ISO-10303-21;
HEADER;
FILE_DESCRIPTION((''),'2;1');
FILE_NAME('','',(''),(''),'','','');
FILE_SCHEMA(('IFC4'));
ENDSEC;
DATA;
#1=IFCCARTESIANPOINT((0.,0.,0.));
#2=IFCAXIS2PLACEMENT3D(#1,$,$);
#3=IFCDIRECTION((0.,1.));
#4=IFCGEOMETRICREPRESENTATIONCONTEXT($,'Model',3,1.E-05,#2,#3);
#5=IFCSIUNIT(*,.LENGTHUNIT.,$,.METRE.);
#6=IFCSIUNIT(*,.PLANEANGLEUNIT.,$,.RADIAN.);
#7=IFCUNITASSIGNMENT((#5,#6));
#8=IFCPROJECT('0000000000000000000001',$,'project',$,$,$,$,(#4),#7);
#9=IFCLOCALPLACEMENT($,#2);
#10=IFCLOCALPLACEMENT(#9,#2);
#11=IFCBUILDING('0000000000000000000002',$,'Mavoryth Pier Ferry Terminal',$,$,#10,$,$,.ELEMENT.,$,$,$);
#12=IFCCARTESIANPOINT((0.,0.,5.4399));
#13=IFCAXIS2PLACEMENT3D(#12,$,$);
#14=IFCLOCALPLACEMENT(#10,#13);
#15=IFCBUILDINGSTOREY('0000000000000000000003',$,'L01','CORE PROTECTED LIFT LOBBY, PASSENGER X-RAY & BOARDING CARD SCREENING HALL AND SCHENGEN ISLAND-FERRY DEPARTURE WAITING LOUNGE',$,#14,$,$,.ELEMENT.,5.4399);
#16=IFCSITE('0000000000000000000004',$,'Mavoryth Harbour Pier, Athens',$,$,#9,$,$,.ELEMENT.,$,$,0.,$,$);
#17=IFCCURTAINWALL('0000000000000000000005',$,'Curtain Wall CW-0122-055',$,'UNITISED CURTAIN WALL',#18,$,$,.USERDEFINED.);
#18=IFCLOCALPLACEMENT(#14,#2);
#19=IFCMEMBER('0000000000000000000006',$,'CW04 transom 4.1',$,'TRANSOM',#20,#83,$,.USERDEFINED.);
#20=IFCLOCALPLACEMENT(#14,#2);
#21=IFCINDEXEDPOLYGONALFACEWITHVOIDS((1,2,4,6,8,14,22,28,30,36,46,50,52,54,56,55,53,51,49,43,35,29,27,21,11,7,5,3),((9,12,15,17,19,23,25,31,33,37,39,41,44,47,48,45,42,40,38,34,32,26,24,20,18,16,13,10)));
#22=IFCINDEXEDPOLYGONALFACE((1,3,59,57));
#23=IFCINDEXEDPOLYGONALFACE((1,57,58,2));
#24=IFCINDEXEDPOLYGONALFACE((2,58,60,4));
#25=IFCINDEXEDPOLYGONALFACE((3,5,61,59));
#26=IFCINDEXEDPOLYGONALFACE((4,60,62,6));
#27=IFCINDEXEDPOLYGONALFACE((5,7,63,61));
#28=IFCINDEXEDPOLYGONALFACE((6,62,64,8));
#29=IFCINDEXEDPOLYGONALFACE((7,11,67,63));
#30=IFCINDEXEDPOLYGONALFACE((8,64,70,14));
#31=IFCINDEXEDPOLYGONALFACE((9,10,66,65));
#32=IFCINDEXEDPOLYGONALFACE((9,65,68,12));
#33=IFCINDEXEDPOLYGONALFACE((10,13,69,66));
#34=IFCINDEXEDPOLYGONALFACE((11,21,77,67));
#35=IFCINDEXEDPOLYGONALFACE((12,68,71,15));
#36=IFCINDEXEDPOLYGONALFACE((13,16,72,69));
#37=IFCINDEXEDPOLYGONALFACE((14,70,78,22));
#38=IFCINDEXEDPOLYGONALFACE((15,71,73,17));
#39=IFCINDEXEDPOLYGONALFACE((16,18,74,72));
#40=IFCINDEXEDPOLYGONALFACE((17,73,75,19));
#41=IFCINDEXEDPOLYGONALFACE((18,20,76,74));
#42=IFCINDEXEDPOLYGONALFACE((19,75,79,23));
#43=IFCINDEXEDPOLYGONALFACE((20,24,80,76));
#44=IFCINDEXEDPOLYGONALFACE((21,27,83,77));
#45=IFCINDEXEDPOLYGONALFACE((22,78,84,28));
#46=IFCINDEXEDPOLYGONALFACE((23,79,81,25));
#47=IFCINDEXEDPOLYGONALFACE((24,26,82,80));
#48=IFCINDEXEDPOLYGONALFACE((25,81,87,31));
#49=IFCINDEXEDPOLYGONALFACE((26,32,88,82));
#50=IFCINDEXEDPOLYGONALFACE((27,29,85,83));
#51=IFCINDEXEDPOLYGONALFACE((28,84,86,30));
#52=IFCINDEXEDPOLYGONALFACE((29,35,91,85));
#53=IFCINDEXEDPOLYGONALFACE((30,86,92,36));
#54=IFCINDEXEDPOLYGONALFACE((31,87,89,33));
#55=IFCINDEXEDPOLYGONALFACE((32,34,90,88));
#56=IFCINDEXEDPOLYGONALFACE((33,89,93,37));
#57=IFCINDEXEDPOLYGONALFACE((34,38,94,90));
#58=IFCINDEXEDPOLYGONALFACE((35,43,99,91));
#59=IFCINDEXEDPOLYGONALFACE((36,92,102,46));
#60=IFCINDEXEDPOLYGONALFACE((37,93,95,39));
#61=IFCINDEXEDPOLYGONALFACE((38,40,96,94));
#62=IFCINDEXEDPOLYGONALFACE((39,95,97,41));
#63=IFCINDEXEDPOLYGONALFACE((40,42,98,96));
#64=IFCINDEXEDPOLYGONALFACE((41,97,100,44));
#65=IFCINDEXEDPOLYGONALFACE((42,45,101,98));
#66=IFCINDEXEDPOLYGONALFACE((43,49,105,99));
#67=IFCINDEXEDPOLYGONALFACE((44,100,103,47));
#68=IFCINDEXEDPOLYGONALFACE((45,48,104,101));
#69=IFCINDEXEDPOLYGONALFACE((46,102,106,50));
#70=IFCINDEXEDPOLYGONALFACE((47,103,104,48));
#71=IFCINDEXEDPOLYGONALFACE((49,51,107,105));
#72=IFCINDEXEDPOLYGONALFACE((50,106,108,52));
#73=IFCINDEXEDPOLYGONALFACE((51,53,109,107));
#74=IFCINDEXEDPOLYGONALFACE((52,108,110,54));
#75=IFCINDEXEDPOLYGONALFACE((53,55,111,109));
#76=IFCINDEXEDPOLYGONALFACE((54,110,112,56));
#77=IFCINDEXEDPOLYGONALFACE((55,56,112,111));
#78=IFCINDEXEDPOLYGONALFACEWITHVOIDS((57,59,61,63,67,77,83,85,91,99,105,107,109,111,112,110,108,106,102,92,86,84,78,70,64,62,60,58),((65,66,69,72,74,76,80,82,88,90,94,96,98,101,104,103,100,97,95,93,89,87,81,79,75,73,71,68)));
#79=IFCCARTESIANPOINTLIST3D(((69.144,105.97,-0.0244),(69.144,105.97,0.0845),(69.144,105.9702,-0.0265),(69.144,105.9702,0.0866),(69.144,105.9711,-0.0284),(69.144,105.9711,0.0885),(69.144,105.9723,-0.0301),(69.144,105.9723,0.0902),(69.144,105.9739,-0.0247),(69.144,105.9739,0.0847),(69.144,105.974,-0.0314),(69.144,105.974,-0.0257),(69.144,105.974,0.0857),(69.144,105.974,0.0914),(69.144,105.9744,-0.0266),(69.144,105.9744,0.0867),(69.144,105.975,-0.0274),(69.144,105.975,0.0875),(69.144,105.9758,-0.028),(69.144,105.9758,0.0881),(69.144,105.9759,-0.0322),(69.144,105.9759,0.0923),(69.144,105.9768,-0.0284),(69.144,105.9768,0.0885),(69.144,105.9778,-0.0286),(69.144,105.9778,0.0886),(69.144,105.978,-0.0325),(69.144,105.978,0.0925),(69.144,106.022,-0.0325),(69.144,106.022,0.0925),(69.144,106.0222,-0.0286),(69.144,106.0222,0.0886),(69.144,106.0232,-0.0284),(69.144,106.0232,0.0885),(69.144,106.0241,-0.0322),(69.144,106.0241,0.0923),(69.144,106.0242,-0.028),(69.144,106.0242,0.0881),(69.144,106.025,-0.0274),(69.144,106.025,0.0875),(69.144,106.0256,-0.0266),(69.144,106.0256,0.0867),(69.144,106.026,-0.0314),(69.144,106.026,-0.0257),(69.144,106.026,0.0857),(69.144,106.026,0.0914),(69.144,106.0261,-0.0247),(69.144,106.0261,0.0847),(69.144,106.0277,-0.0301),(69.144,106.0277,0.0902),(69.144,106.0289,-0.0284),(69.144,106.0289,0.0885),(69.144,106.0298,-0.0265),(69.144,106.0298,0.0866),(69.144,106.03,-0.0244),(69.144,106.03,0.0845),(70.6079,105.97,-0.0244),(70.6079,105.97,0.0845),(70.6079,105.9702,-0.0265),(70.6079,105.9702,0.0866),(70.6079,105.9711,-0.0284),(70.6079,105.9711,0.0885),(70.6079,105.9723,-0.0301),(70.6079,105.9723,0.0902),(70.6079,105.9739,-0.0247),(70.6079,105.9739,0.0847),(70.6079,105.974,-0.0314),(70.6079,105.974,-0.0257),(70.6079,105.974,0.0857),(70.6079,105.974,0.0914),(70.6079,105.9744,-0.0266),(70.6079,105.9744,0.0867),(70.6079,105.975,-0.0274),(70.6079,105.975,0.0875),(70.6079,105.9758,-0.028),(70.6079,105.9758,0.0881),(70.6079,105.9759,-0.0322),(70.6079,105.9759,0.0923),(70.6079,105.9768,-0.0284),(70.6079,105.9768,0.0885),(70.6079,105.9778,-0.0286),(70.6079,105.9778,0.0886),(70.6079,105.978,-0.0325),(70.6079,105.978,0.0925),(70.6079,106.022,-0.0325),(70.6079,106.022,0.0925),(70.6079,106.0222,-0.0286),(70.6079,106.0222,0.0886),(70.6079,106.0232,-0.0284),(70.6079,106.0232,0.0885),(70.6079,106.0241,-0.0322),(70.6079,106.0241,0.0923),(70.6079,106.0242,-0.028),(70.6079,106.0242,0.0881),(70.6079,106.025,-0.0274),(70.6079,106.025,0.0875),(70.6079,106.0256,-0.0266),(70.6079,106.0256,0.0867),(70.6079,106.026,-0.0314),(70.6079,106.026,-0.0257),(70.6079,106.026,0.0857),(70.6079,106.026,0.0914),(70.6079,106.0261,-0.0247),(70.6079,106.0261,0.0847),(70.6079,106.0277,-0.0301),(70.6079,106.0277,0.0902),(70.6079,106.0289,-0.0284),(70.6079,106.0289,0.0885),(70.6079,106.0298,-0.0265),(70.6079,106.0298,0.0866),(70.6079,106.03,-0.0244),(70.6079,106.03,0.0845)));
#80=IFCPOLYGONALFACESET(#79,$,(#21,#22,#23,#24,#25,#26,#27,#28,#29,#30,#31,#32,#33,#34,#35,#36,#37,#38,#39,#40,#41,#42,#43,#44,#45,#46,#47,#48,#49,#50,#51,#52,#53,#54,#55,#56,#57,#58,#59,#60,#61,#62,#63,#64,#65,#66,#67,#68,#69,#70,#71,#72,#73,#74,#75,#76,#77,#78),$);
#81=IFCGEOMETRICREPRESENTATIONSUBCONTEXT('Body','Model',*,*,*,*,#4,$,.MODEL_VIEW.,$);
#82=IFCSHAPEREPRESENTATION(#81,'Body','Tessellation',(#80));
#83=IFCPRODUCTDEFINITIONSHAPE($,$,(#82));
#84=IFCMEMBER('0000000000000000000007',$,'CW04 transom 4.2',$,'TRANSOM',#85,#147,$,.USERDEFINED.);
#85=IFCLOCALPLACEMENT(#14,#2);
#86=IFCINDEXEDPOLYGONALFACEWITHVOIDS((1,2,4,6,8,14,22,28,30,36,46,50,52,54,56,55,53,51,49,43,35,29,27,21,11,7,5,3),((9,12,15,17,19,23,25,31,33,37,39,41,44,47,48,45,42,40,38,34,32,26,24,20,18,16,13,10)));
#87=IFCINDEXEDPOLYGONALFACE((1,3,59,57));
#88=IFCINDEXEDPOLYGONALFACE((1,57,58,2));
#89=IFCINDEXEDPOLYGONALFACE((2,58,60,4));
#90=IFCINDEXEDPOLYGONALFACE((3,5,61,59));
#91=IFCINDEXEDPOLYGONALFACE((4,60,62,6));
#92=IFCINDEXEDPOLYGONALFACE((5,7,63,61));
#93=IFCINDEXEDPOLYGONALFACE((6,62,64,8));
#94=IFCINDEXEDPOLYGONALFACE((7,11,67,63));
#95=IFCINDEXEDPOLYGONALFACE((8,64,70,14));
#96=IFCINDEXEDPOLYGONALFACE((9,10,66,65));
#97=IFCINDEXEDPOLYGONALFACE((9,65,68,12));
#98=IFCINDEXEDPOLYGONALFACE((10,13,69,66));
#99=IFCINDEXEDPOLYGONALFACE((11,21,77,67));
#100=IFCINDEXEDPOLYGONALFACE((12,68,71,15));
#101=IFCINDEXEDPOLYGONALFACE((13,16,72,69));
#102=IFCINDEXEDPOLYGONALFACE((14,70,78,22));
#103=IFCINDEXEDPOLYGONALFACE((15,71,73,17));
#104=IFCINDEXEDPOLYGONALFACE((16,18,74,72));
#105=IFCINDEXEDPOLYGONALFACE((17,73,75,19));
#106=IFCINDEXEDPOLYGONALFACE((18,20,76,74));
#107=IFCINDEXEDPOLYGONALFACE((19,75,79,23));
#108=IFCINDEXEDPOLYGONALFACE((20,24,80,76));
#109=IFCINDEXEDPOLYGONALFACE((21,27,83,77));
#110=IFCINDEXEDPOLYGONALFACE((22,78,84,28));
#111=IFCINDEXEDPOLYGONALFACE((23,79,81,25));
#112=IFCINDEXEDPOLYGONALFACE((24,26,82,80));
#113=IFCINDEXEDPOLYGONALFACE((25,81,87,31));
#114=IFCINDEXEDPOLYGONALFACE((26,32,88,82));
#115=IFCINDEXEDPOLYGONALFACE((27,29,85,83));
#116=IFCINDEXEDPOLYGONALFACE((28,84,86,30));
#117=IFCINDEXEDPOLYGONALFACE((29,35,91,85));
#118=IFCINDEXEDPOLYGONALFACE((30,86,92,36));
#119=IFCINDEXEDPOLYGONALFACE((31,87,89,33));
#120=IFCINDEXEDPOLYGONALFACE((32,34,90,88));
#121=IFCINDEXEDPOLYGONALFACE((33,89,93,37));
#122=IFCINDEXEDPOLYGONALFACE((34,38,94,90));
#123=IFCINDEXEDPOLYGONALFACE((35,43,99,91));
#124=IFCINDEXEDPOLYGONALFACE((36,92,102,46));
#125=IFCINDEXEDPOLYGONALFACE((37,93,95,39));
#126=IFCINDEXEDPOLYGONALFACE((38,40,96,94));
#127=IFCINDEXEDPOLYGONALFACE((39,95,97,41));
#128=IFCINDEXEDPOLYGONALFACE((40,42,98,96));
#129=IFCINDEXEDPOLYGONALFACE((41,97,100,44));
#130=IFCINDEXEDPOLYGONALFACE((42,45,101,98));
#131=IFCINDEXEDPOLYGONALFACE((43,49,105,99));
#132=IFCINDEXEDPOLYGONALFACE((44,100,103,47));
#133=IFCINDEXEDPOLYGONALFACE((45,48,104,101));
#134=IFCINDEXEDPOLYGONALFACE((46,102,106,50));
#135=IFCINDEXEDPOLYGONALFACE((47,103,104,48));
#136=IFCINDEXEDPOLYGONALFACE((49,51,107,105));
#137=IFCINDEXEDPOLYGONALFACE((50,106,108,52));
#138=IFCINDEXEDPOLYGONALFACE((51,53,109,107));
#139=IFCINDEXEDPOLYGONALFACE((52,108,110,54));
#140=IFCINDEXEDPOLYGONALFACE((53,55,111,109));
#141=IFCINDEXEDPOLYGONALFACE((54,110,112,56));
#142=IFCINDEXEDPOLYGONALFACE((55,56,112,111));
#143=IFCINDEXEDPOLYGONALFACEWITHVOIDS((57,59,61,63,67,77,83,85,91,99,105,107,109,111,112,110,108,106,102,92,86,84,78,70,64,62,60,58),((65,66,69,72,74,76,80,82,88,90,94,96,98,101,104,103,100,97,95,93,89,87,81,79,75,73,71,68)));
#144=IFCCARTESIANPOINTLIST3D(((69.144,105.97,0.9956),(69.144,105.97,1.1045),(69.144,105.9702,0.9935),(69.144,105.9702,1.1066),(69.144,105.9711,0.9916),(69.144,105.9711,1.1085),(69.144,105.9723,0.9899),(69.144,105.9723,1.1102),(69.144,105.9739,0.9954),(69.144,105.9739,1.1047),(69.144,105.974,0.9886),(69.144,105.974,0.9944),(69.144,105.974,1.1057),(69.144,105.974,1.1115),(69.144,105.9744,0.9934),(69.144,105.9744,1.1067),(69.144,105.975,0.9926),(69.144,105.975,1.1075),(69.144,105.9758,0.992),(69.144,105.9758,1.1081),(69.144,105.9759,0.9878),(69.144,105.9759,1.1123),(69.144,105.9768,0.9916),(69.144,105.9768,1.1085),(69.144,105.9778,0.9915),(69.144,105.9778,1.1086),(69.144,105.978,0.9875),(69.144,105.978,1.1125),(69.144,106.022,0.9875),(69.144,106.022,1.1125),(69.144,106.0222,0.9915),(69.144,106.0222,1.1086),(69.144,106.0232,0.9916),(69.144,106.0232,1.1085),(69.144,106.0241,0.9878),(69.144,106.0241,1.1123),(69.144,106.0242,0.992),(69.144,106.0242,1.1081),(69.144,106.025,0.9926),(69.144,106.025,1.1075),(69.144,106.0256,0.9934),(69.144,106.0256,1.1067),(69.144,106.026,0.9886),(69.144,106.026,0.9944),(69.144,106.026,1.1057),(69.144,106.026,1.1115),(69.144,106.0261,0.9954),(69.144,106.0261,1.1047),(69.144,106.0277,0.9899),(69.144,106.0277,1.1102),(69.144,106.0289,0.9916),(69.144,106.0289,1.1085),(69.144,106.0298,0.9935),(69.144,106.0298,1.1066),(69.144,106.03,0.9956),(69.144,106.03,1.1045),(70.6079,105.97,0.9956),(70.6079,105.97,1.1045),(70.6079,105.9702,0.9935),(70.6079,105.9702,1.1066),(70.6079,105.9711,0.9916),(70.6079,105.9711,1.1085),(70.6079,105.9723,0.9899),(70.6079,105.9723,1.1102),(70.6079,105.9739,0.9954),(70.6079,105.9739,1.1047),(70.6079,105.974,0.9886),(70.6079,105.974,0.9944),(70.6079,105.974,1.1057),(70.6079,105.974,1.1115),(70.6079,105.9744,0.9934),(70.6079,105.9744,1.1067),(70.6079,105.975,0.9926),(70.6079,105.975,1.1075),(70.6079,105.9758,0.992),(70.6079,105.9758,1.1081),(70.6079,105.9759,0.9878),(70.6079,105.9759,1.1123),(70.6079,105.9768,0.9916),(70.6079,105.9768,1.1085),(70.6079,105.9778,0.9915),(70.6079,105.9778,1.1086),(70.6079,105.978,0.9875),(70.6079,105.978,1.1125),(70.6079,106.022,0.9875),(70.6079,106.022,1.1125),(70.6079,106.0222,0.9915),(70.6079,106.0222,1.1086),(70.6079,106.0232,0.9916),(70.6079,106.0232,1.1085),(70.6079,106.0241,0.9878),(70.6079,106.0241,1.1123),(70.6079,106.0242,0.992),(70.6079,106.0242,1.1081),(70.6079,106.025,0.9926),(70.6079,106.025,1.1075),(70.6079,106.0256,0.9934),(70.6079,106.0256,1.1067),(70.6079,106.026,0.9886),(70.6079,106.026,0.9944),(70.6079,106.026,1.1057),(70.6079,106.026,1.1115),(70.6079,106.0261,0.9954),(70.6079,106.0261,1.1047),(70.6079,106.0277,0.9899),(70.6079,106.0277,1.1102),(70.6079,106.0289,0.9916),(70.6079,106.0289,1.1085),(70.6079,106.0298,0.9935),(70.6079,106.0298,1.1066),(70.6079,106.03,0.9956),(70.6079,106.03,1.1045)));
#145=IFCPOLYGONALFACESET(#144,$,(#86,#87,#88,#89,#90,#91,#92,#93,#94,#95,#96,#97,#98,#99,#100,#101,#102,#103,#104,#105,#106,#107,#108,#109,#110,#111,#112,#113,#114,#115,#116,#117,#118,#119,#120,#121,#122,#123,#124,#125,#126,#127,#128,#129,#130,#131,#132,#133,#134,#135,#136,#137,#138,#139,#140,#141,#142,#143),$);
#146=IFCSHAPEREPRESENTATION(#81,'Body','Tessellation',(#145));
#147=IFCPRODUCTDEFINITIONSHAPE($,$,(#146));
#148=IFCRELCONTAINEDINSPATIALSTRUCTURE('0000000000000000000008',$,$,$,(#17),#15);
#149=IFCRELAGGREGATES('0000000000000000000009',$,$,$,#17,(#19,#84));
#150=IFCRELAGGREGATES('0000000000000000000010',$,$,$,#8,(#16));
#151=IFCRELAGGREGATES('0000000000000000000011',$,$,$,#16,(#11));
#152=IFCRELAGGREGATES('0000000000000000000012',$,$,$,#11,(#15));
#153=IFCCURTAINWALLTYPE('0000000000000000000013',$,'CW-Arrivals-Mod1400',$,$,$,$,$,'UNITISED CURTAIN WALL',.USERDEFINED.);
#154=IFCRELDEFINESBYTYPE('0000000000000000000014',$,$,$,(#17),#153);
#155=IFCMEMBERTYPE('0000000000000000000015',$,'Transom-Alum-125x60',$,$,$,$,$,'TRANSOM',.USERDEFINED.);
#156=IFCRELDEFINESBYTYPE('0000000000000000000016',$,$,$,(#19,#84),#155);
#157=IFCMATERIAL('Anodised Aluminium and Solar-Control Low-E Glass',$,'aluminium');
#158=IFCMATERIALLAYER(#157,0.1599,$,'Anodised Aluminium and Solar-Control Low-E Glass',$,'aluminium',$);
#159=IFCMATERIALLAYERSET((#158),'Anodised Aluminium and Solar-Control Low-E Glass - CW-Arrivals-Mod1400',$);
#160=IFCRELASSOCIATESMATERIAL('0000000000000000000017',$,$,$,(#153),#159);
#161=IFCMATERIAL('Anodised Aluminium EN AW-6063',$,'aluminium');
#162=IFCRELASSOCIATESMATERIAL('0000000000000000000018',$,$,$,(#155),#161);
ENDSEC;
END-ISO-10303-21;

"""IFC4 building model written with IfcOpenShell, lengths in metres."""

from ifc_helpers import new_model, si_unit, direction, frame, origin, origin_2d, place, context, subcontext, project, spatial, hollow_rectangle, extrude, material, layer, layer_set, material_profile, profile_set, type_object, element, aggregate, save


model = new_model("IFC4")

# Units and contexts
model_context = context("Model", 3, precision=1e-05, world=origin(), true_north=direction((0.0, 1.0)))
body_context = subcontext(model_context, "Body", "Model", "MODEL_VIEW")
ifc_project = project(units=[si_unit("LENGTHUNIT", "METRE"), si_unit("PLANEANGLEUNIT", "RADIAN")], contexts=[model_context])

# Site, building, storey
site_placement = place(None, origin())
site = spatial("IfcSite", under=ifc_project, at=site_placement, Name="Mavoryth Harbour Pier, Athens", CompositionType="ELEMENT", RefElevation=0.0)
building_placement = place(site_placement, origin())
building = spatial("IfcBuilding", under=site, at=building_placement, Name="Mavoryth Pier Ferry Terminal", CompositionType="ELEMENT")
storey_placement = place(building_placement, frame((0.0, 0.0, 5.4399)))
storey = spatial("IfcBuildingStorey", under=building, at=storey_placement, Name="L01", Description="CORE PROTECTED LIFT LOBBY, PASSENGER X-RAY & BOARDING CARD SCREENING HALL AND SCHENGEN ISLAND-FERRY DEPARTURE WAITING LOUNGE", CompositionType="ELEMENT", Elevation=5.4399)

# Curtain wall
ifc_material_1 = material(Name="Anodised Aluminium and Solar-Control Low-E Glass", Category="aluminium")
ifc_layer_1 = layer(ifc_material_1, 0.1599, Name="Anodised Aluminium and Solar-Control Low-E Glass", Category="aluminium")
ifc_layer_set_1 = layer_set([ifc_layer_1], Name="Anodised Aluminium and Solar-Control Low-E Glass - CW-Arrivals-Mod1400")
curtain_wall_type = type_object("IfcCurtainWallType", Name="CW-Arrivals-Mod1400", ElementType="UNITISED CURTAIN WALL", PredefinedType="USERDEFINED", material=ifc_layer_set_1)
curtain_wall_placement = place(storey_placement, origin())
curtain_wall = element("IfcCurtainWall", 1, at=curtain_wall_placement, inside=storey, type_object=curtain_wall_type, Name="Curtain Wall CW-0122-055", ObjectType="UNITISED CURTAIN WALL", PredefinedType="USERDEFINED")
ifc_material_2 = material(Name="Anodised Aluminium EN AW-6063", Category="aluminium")

# Members
ifc_material_profile_1 = material_profile(ifc_material_2, hollow_rectangle(XDim=0.0601, YDim=0.125, WallThickness=0.0039, InnerFilletRadius=0.0039, OuterFilletRadius=0.0081, at=origin_2d()), Name="AL-TRAN 125x60x4", Category="aluminium")
ifc_profile_set_1 = profile_set([ifc_material_profile_1], Name="Anodised Aluminium EN AW-6063 - AL-TRAN 125x60x4")
member_type_1 = type_object("IfcMemberType", Name="Transom-Alum-125x60", ElementType="TRANSOM", PredefinedType="USERDEFINED", material=ifc_profile_set_1)
member_1_placement = place(storey_placement, frame((70.6079, 106.0, 0.03), z_axis=(-1.0, 0.0, 0.0), x_axis=(0.0, -1.0, 0.0)))
member_1 = element("IfcMember", 2, at=member_1_placement, type_object=member_type_1, Name="CW04 transom 4.1", ObjectType="TRANSOM", PredefinedType="USERDEFINED", context=body_context, shape_type="SweptSolid", body=[
    extrude(hollow_rectangle(XDim=0.0601, YDim=0.125, WallThickness=0.0039, InnerFilletRadius=0.0039, OuterFilletRadius=0.0081, at=origin_2d()), origin(), (0.0, 0.0, 1.0), 1.4639),
])
member_2_placement = place(storey_placement, frame((70.6079, 106.0, 1.05), z_axis=(-1.0, 0.0, 0.0), x_axis=(0.0, -1.0, 0.0)))
member_2 = element("IfcMember", 3, at=member_2_placement, type_object=member_type_1, Name="CW04 transom 4.2", ObjectType="TRANSOM", PredefinedType="USERDEFINED", context=body_context, shape_type="SweptSolid", body=[
    extrude(hollow_rectangle(XDim=0.0601, YDim=0.125, WallThickness=0.0039, InnerFilletRadius=0.0039, OuterFilletRadius=0.0081, at=origin_2d()), origin(), (0.0, 0.0, 1.0), 1.4639),
])

aggregate(curtain_wall, [member_1, member_2])

save(model, "model.ifc")
